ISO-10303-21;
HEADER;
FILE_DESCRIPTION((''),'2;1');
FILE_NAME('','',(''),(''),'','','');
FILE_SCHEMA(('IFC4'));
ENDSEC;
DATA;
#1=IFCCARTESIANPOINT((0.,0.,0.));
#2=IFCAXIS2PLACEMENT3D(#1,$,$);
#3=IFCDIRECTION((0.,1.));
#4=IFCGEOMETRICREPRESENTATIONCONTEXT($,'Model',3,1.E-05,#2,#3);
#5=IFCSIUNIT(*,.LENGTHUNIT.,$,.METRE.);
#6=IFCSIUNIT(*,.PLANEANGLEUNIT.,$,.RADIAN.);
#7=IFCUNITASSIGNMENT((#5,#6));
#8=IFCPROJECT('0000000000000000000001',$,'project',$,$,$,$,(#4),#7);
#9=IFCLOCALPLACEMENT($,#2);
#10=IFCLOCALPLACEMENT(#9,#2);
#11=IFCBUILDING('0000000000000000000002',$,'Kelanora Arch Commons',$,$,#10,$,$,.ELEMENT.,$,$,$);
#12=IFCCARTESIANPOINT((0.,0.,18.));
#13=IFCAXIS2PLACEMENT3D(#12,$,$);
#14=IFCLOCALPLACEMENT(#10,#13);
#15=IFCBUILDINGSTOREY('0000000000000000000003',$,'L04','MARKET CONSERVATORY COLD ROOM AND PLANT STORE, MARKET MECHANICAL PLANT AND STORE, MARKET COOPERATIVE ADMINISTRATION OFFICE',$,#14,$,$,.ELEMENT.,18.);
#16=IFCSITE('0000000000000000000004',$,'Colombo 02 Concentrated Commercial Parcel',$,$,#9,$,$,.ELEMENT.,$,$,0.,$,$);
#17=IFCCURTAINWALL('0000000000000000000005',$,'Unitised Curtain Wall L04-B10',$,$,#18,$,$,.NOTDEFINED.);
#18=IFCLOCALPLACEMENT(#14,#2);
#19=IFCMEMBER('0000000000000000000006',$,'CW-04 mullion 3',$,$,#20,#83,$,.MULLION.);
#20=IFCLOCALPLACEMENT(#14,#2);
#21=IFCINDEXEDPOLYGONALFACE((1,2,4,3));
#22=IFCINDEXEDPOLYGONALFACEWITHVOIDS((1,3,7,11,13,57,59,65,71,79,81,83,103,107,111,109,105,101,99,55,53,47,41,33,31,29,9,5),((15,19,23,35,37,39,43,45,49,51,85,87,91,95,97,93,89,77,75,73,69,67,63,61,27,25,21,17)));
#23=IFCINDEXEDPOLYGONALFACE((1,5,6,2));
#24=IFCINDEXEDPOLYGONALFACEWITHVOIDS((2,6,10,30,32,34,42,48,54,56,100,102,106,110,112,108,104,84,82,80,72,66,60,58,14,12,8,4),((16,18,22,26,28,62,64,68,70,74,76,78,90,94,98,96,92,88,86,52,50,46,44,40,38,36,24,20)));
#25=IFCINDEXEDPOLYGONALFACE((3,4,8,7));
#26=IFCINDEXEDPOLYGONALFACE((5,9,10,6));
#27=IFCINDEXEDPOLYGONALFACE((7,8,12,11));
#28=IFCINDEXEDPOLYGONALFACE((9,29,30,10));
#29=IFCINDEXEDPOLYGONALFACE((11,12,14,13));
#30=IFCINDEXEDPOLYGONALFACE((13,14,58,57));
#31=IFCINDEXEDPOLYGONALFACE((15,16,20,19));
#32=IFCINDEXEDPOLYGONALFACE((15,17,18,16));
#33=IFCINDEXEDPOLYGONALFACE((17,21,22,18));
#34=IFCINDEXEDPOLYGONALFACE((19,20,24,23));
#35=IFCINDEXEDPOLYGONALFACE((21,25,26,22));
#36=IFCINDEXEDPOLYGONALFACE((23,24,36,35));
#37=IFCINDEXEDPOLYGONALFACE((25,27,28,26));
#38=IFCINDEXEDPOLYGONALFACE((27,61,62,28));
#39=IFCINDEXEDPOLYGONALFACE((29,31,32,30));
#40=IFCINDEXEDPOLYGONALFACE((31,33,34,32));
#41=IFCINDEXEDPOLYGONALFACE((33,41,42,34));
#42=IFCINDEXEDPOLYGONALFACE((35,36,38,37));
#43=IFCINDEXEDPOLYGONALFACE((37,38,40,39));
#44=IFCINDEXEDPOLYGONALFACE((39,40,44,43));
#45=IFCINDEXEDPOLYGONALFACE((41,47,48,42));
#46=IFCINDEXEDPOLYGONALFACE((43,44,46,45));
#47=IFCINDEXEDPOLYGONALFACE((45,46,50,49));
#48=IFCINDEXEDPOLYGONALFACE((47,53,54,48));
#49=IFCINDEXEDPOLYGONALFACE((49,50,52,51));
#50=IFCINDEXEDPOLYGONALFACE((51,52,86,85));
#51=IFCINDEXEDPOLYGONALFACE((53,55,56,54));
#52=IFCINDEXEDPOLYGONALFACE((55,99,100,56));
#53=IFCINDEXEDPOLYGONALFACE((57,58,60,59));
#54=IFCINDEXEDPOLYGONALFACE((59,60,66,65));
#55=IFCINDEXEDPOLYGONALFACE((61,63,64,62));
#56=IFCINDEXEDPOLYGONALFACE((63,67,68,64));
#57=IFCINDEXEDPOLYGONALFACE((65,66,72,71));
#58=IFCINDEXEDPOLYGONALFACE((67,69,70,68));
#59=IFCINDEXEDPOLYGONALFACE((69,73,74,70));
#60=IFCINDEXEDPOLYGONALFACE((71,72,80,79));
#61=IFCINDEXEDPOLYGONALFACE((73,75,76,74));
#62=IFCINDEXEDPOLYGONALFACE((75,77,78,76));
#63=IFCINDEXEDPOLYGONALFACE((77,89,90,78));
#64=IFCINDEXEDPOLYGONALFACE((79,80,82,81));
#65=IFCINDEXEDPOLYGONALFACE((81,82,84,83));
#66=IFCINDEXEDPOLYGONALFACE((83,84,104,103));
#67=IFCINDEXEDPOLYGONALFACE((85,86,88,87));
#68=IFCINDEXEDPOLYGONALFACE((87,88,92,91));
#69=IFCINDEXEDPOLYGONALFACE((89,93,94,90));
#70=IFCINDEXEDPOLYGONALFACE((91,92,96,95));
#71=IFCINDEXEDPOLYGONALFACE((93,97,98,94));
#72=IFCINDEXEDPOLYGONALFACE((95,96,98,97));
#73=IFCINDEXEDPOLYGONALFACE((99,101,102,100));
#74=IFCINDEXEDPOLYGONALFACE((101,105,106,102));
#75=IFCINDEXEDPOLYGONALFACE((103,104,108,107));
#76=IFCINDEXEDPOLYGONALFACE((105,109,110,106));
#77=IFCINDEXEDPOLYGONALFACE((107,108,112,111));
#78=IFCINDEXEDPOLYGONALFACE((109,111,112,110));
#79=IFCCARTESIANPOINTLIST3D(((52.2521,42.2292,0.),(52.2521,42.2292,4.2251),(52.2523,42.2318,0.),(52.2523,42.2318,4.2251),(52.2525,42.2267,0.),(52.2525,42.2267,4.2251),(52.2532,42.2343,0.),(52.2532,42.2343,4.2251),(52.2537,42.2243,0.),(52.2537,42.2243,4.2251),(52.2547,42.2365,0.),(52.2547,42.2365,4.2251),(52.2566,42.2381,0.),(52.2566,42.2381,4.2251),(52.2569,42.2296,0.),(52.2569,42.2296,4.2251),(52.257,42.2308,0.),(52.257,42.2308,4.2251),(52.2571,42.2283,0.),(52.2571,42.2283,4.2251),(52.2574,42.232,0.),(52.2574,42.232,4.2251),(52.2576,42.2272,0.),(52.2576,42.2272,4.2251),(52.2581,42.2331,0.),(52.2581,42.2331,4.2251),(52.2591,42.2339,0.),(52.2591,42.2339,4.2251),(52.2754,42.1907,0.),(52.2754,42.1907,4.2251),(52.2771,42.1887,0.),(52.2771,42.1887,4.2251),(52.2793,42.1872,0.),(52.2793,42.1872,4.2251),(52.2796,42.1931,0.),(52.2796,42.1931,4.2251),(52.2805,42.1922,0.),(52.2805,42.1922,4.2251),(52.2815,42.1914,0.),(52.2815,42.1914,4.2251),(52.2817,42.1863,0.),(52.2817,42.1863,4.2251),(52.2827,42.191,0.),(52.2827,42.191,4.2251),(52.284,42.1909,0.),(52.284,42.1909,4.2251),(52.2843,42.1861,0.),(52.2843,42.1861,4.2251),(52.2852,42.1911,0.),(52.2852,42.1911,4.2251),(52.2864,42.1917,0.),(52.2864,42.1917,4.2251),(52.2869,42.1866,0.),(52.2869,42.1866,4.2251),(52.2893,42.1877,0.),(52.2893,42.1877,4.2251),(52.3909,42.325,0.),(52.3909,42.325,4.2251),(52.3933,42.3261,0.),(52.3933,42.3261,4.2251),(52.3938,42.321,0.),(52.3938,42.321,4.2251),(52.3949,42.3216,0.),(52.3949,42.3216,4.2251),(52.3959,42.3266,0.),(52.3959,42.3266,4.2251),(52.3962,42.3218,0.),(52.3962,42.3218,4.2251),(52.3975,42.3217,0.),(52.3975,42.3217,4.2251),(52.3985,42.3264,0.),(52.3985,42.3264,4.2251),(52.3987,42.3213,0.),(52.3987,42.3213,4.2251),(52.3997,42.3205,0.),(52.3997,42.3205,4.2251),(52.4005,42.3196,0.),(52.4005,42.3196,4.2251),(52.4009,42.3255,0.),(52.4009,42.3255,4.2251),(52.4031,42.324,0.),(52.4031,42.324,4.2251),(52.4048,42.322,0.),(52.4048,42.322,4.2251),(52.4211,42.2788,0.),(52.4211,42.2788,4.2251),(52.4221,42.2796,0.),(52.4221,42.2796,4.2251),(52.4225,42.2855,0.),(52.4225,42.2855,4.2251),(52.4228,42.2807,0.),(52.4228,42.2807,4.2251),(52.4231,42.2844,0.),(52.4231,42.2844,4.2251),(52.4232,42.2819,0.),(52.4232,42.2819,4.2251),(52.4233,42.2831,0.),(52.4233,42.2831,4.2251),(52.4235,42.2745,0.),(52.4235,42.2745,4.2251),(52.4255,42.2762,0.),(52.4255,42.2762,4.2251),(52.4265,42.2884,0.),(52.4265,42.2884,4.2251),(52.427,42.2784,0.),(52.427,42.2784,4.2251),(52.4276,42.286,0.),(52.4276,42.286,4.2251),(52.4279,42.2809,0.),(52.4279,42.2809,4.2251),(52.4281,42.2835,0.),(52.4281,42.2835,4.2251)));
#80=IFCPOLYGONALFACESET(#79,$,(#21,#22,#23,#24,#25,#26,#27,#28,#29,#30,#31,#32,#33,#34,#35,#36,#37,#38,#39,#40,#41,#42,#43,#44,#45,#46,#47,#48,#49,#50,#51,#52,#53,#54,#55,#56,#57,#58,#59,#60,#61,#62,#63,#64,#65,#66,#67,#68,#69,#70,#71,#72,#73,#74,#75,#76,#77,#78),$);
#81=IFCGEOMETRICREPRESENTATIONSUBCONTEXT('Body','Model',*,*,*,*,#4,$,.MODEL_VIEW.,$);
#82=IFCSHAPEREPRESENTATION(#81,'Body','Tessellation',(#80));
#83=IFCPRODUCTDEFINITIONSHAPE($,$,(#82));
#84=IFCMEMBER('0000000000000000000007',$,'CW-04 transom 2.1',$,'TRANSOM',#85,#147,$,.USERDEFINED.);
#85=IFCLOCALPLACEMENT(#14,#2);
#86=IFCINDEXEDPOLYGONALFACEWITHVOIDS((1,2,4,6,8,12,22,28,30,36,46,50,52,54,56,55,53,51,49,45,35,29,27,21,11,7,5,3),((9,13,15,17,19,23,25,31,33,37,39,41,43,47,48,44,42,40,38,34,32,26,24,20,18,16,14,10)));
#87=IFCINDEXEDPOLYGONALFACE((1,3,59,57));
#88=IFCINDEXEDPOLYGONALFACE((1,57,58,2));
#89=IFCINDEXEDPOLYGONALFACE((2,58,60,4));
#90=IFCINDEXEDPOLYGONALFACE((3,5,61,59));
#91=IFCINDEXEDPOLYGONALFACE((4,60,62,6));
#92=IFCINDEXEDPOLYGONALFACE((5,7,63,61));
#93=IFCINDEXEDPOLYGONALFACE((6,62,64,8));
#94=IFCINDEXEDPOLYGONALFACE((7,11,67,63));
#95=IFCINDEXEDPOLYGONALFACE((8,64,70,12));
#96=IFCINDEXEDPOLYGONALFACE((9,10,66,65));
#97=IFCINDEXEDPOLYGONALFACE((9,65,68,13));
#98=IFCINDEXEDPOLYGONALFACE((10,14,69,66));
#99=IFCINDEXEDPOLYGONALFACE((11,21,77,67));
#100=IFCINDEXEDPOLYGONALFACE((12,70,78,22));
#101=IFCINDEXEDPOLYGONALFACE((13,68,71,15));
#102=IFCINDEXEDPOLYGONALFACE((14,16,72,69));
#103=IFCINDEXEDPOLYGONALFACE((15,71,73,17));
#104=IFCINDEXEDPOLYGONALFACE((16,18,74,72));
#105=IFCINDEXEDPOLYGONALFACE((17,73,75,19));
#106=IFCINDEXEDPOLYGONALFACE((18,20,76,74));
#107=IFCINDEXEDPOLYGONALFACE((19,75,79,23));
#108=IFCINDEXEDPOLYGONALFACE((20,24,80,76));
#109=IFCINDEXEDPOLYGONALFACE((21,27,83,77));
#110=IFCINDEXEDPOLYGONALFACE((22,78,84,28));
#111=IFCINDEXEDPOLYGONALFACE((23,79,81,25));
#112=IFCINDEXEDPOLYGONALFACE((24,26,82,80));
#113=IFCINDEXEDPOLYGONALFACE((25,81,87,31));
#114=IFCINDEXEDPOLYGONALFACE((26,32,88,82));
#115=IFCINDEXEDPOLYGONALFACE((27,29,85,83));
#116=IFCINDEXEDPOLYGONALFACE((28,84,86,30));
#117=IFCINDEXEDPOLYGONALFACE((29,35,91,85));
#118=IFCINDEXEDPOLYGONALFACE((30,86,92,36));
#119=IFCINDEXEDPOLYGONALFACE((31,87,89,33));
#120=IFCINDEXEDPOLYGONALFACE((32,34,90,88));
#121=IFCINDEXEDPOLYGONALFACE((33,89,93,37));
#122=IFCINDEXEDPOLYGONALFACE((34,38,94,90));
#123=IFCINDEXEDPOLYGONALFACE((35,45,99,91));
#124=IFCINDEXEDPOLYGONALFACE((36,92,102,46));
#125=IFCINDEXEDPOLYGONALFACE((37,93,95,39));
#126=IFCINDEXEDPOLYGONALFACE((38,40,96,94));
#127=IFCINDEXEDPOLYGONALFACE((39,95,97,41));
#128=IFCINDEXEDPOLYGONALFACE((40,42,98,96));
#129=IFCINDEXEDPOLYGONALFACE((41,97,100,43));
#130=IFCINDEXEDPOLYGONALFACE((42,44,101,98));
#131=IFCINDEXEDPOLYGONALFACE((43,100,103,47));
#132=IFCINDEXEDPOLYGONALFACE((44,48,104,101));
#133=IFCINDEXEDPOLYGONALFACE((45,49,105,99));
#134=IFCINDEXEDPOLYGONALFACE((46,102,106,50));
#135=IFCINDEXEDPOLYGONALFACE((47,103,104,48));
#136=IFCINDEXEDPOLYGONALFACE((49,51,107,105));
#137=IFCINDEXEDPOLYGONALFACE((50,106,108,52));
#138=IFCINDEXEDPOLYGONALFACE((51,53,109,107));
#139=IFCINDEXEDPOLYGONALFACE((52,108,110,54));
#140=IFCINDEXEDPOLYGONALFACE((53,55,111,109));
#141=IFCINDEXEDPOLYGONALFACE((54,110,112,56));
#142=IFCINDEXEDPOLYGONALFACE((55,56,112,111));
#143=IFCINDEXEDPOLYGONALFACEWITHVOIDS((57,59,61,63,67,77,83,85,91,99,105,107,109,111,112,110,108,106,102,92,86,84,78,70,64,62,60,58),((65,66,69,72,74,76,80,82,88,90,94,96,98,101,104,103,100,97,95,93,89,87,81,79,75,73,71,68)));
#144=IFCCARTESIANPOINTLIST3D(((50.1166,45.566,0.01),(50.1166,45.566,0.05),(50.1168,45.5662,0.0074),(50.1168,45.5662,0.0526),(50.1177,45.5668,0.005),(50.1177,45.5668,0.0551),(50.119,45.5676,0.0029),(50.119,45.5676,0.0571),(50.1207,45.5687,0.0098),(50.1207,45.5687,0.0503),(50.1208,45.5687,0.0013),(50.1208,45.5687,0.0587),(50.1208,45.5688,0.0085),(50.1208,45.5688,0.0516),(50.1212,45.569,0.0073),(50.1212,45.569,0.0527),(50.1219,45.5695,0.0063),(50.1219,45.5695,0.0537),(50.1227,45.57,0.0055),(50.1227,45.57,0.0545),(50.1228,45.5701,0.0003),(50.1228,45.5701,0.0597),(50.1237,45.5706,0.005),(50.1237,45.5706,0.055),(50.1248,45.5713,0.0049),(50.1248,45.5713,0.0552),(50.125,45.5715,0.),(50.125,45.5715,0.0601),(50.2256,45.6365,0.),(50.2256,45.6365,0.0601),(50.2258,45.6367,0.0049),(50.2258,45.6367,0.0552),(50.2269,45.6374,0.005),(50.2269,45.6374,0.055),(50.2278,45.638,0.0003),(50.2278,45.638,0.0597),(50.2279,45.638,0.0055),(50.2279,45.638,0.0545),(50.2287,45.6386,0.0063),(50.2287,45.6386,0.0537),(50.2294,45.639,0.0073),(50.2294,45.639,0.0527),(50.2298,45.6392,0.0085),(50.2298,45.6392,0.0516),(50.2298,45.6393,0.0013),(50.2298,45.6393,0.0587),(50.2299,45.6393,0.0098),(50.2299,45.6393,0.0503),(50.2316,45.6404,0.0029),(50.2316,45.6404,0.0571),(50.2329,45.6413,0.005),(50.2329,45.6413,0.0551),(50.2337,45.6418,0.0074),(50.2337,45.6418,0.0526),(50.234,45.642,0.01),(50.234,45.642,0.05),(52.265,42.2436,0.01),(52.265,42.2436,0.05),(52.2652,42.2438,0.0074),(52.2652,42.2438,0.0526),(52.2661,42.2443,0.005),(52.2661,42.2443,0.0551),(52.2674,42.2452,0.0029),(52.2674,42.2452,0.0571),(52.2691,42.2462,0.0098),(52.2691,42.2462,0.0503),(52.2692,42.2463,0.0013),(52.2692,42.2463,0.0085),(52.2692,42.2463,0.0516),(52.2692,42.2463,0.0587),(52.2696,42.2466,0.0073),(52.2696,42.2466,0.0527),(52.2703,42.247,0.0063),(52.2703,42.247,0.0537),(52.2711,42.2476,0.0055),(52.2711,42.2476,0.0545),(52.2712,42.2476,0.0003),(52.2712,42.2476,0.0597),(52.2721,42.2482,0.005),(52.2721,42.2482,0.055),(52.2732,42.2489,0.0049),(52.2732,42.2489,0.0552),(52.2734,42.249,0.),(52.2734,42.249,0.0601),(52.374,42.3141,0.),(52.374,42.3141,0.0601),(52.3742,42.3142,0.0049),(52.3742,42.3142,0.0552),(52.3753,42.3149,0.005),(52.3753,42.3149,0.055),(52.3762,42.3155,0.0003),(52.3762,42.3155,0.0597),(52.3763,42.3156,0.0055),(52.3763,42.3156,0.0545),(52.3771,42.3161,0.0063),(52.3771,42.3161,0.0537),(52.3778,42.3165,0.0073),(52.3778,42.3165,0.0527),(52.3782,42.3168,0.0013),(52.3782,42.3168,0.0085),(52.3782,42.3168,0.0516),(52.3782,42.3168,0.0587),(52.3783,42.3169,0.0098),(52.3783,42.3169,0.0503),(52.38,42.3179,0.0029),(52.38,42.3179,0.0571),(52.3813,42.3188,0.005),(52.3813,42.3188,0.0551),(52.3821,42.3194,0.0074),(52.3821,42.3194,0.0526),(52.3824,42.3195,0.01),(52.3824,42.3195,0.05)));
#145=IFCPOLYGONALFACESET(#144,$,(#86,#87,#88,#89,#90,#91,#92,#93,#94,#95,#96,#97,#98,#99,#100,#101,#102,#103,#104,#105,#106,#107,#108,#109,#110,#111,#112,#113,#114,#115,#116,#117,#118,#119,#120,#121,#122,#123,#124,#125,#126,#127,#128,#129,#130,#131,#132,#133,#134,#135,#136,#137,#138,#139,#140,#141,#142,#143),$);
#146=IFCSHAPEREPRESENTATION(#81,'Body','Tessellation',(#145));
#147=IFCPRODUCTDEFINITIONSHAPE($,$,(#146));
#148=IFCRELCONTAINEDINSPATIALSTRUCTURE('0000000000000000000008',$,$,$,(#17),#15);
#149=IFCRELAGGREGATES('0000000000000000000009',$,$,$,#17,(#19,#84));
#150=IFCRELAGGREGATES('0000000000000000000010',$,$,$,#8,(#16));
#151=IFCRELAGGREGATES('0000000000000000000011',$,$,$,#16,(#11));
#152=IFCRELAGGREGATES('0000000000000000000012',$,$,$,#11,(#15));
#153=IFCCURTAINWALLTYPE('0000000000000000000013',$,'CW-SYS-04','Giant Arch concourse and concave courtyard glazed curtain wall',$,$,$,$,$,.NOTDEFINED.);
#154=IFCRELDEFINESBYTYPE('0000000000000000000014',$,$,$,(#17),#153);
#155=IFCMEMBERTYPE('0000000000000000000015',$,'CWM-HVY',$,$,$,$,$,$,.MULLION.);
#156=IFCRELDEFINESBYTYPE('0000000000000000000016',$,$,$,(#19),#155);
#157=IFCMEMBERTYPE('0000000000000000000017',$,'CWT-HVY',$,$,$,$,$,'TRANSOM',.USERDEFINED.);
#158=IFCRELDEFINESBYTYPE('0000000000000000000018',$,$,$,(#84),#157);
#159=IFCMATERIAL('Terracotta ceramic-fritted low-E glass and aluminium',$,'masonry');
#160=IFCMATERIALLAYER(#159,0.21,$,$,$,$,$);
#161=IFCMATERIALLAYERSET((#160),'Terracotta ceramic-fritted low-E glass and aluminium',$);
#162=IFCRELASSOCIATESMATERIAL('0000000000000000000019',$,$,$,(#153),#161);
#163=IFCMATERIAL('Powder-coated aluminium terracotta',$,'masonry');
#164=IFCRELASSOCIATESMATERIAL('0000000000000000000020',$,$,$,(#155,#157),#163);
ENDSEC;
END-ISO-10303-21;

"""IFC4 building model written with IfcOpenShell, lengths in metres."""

from ifc_helpers import new_model, si_unit, direction, frame, origin, origin_2d, place, context, subcontext, project, spatial, hollow_rectangle, extrude, material, layer, layer_set, material_profile, profile_set, type_object, element, aggregate, save


model = new_model("IFC4")

# Units and contexts
model_context = context("Model", 3, precision=1e-05, world=origin(), true_north=direction((0.0, 1.0)))
body_context = subcontext(model_context, "Body", "Model", "MODEL_VIEW")
ifc_project = project(units=[si_unit("LENGTHUNIT", "METRE"), si_unit("PLANEANGLEUNIT", "RADIAN")], contexts=[model_context])

# Site, building, storey
site_placement = place(None, origin())
site = spatial("IfcSite", under=ifc_project, at=site_placement, Name="Colombo 02 Concentrated Commercial Parcel", CompositionType="ELEMENT", RefElevation=0.0)
building_placement = place(site_placement, origin())
building = spatial("IfcBuilding", under=site, at=building_placement, Name="Kelanora Arch Commons", CompositionType="ELEMENT")
storey_placement = place(building_placement, frame((0.0, 0.0, 18.0)))
storey = spatial("IfcBuildingStorey", under=building, at=storey_placement, Name="L04", Description="MARKET CONSERVATORY COLD ROOM AND PLANT STORE, MARKET MECHANICAL PLANT AND STORE, MARKET COOPERATIVE ADMINISTRATION OFFICE", CompositionType="ELEMENT", Elevation=18.0)

# Curtain wall, members
ifc_material_1 = material(Name="Terracotta ceramic-fritted low-E glass and aluminium", Category="masonry")
ifc_layer_1 = layer(ifc_material_1, 0.21)
ifc_layer_set_1 = layer_set([ifc_layer_1], Name="Terracotta ceramic-fritted low-E glass and aluminium")
curtain_wall_type = type_object("IfcCurtainWallType", Name="CW-SYS-04", Description="Giant Arch concourse and concave courtyard glazed curtain wall", PredefinedType="NOTDEFINED", material=ifc_layer_set_1)
curtain_wall_placement = place(storey_placement, origin())
curtain_wall = element("IfcCurtainWall", 1, at=curtain_wall_placement, inside=storey, type_object=curtain_wall_type, Name="Unitised Curtain Wall L04-B10", PredefinedType="NOTDEFINED")
ifc_material_2 = material(Name="Powder-coated aluminium terracotta", Category="masonry")
ifc_material_profile_1 = material_profile(ifc_material_2, hollow_rectangle(XDim=0.1799, YDim=0.0601, WallThickness=0.0049, InnerFilletRadius=0.0049, OuterFilletRadius=0.01, at=origin_2d()), Name="CWM180x60")
ifc_profile_set_1 = profile_set([ifc_material_profile_1], Name="Powder-coated aluminium terracotta")
member_type_1 = type_object("IfcMemberType", Name="CWM-HVY", PredefinedType="MULLION", material=ifc_profile_set_1)
member_1_placement = place(storey_placement, frame((52.3401, 42.2563, 0.0), z_axis=(0.0, 0.0, 1.0), x_axis=(0.839729, 0.543006, 0.0)))
member_1 = element("IfcMember", 2, at=member_1_placement, type_object=member_type_1, Name="CW-04 mullion 3", PredefinedType="MULLION", context=body_context, shape_type="SweptSolid", body=[
    extrude(hollow_rectangle(XDim=0.1799, YDim=0.0601, WallThickness=0.0049, InnerFilletRadius=0.0049, OuterFilletRadius=0.01, at=origin_2d()), origin(), (0.0, 0.0, 1.0), 4.2251),
])
ifc_material_profile_2 = material_profile(ifc_material_2, hollow_rectangle(XDim=0.1399, YDim=0.0601, WallThickness=0.0049, InnerFilletRadius=0.0049, OuterFilletRadius=0.01, at=origin_2d()), Name="CWT140x60")
ifc_profile_set_2 = profile_set([ifc_material_profile_2], Name="Powder-coated aluminium terracotta")
member_type_2 = type_object("IfcMemberType", Name="CWT-HVY", ElementType="TRANSOM", PredefinedType="USERDEFINED", material=ifc_profile_set_2)
member_2_placement = place(storey_placement, frame((50.1753, 45.604, 0.03), z_axis=(0.542998, -0.839734, 0.0), x_axis=(0.839734, 0.542998, 0.0)))
member_2 = element("IfcMember", 3, at=member_2_placement, type_object=member_type_2, Name="CW-04 transom 2.1", ObjectType="TRANSOM", PredefinedType="USERDEFINED", context=body_context, shape_type="SweptSolid", body=[
    extrude(hollow_rectangle(XDim=0.1399, YDim=0.0601, WallThickness=0.0049, InnerFilletRadius=0.0049, OuterFilletRadius=0.01, at=origin_2d()), origin(), (0.0, 0.0, 1.0), 3.9565),
])
aggregate(curtain_wall, [member_1, member_2])

save(model, "model.ifc")
